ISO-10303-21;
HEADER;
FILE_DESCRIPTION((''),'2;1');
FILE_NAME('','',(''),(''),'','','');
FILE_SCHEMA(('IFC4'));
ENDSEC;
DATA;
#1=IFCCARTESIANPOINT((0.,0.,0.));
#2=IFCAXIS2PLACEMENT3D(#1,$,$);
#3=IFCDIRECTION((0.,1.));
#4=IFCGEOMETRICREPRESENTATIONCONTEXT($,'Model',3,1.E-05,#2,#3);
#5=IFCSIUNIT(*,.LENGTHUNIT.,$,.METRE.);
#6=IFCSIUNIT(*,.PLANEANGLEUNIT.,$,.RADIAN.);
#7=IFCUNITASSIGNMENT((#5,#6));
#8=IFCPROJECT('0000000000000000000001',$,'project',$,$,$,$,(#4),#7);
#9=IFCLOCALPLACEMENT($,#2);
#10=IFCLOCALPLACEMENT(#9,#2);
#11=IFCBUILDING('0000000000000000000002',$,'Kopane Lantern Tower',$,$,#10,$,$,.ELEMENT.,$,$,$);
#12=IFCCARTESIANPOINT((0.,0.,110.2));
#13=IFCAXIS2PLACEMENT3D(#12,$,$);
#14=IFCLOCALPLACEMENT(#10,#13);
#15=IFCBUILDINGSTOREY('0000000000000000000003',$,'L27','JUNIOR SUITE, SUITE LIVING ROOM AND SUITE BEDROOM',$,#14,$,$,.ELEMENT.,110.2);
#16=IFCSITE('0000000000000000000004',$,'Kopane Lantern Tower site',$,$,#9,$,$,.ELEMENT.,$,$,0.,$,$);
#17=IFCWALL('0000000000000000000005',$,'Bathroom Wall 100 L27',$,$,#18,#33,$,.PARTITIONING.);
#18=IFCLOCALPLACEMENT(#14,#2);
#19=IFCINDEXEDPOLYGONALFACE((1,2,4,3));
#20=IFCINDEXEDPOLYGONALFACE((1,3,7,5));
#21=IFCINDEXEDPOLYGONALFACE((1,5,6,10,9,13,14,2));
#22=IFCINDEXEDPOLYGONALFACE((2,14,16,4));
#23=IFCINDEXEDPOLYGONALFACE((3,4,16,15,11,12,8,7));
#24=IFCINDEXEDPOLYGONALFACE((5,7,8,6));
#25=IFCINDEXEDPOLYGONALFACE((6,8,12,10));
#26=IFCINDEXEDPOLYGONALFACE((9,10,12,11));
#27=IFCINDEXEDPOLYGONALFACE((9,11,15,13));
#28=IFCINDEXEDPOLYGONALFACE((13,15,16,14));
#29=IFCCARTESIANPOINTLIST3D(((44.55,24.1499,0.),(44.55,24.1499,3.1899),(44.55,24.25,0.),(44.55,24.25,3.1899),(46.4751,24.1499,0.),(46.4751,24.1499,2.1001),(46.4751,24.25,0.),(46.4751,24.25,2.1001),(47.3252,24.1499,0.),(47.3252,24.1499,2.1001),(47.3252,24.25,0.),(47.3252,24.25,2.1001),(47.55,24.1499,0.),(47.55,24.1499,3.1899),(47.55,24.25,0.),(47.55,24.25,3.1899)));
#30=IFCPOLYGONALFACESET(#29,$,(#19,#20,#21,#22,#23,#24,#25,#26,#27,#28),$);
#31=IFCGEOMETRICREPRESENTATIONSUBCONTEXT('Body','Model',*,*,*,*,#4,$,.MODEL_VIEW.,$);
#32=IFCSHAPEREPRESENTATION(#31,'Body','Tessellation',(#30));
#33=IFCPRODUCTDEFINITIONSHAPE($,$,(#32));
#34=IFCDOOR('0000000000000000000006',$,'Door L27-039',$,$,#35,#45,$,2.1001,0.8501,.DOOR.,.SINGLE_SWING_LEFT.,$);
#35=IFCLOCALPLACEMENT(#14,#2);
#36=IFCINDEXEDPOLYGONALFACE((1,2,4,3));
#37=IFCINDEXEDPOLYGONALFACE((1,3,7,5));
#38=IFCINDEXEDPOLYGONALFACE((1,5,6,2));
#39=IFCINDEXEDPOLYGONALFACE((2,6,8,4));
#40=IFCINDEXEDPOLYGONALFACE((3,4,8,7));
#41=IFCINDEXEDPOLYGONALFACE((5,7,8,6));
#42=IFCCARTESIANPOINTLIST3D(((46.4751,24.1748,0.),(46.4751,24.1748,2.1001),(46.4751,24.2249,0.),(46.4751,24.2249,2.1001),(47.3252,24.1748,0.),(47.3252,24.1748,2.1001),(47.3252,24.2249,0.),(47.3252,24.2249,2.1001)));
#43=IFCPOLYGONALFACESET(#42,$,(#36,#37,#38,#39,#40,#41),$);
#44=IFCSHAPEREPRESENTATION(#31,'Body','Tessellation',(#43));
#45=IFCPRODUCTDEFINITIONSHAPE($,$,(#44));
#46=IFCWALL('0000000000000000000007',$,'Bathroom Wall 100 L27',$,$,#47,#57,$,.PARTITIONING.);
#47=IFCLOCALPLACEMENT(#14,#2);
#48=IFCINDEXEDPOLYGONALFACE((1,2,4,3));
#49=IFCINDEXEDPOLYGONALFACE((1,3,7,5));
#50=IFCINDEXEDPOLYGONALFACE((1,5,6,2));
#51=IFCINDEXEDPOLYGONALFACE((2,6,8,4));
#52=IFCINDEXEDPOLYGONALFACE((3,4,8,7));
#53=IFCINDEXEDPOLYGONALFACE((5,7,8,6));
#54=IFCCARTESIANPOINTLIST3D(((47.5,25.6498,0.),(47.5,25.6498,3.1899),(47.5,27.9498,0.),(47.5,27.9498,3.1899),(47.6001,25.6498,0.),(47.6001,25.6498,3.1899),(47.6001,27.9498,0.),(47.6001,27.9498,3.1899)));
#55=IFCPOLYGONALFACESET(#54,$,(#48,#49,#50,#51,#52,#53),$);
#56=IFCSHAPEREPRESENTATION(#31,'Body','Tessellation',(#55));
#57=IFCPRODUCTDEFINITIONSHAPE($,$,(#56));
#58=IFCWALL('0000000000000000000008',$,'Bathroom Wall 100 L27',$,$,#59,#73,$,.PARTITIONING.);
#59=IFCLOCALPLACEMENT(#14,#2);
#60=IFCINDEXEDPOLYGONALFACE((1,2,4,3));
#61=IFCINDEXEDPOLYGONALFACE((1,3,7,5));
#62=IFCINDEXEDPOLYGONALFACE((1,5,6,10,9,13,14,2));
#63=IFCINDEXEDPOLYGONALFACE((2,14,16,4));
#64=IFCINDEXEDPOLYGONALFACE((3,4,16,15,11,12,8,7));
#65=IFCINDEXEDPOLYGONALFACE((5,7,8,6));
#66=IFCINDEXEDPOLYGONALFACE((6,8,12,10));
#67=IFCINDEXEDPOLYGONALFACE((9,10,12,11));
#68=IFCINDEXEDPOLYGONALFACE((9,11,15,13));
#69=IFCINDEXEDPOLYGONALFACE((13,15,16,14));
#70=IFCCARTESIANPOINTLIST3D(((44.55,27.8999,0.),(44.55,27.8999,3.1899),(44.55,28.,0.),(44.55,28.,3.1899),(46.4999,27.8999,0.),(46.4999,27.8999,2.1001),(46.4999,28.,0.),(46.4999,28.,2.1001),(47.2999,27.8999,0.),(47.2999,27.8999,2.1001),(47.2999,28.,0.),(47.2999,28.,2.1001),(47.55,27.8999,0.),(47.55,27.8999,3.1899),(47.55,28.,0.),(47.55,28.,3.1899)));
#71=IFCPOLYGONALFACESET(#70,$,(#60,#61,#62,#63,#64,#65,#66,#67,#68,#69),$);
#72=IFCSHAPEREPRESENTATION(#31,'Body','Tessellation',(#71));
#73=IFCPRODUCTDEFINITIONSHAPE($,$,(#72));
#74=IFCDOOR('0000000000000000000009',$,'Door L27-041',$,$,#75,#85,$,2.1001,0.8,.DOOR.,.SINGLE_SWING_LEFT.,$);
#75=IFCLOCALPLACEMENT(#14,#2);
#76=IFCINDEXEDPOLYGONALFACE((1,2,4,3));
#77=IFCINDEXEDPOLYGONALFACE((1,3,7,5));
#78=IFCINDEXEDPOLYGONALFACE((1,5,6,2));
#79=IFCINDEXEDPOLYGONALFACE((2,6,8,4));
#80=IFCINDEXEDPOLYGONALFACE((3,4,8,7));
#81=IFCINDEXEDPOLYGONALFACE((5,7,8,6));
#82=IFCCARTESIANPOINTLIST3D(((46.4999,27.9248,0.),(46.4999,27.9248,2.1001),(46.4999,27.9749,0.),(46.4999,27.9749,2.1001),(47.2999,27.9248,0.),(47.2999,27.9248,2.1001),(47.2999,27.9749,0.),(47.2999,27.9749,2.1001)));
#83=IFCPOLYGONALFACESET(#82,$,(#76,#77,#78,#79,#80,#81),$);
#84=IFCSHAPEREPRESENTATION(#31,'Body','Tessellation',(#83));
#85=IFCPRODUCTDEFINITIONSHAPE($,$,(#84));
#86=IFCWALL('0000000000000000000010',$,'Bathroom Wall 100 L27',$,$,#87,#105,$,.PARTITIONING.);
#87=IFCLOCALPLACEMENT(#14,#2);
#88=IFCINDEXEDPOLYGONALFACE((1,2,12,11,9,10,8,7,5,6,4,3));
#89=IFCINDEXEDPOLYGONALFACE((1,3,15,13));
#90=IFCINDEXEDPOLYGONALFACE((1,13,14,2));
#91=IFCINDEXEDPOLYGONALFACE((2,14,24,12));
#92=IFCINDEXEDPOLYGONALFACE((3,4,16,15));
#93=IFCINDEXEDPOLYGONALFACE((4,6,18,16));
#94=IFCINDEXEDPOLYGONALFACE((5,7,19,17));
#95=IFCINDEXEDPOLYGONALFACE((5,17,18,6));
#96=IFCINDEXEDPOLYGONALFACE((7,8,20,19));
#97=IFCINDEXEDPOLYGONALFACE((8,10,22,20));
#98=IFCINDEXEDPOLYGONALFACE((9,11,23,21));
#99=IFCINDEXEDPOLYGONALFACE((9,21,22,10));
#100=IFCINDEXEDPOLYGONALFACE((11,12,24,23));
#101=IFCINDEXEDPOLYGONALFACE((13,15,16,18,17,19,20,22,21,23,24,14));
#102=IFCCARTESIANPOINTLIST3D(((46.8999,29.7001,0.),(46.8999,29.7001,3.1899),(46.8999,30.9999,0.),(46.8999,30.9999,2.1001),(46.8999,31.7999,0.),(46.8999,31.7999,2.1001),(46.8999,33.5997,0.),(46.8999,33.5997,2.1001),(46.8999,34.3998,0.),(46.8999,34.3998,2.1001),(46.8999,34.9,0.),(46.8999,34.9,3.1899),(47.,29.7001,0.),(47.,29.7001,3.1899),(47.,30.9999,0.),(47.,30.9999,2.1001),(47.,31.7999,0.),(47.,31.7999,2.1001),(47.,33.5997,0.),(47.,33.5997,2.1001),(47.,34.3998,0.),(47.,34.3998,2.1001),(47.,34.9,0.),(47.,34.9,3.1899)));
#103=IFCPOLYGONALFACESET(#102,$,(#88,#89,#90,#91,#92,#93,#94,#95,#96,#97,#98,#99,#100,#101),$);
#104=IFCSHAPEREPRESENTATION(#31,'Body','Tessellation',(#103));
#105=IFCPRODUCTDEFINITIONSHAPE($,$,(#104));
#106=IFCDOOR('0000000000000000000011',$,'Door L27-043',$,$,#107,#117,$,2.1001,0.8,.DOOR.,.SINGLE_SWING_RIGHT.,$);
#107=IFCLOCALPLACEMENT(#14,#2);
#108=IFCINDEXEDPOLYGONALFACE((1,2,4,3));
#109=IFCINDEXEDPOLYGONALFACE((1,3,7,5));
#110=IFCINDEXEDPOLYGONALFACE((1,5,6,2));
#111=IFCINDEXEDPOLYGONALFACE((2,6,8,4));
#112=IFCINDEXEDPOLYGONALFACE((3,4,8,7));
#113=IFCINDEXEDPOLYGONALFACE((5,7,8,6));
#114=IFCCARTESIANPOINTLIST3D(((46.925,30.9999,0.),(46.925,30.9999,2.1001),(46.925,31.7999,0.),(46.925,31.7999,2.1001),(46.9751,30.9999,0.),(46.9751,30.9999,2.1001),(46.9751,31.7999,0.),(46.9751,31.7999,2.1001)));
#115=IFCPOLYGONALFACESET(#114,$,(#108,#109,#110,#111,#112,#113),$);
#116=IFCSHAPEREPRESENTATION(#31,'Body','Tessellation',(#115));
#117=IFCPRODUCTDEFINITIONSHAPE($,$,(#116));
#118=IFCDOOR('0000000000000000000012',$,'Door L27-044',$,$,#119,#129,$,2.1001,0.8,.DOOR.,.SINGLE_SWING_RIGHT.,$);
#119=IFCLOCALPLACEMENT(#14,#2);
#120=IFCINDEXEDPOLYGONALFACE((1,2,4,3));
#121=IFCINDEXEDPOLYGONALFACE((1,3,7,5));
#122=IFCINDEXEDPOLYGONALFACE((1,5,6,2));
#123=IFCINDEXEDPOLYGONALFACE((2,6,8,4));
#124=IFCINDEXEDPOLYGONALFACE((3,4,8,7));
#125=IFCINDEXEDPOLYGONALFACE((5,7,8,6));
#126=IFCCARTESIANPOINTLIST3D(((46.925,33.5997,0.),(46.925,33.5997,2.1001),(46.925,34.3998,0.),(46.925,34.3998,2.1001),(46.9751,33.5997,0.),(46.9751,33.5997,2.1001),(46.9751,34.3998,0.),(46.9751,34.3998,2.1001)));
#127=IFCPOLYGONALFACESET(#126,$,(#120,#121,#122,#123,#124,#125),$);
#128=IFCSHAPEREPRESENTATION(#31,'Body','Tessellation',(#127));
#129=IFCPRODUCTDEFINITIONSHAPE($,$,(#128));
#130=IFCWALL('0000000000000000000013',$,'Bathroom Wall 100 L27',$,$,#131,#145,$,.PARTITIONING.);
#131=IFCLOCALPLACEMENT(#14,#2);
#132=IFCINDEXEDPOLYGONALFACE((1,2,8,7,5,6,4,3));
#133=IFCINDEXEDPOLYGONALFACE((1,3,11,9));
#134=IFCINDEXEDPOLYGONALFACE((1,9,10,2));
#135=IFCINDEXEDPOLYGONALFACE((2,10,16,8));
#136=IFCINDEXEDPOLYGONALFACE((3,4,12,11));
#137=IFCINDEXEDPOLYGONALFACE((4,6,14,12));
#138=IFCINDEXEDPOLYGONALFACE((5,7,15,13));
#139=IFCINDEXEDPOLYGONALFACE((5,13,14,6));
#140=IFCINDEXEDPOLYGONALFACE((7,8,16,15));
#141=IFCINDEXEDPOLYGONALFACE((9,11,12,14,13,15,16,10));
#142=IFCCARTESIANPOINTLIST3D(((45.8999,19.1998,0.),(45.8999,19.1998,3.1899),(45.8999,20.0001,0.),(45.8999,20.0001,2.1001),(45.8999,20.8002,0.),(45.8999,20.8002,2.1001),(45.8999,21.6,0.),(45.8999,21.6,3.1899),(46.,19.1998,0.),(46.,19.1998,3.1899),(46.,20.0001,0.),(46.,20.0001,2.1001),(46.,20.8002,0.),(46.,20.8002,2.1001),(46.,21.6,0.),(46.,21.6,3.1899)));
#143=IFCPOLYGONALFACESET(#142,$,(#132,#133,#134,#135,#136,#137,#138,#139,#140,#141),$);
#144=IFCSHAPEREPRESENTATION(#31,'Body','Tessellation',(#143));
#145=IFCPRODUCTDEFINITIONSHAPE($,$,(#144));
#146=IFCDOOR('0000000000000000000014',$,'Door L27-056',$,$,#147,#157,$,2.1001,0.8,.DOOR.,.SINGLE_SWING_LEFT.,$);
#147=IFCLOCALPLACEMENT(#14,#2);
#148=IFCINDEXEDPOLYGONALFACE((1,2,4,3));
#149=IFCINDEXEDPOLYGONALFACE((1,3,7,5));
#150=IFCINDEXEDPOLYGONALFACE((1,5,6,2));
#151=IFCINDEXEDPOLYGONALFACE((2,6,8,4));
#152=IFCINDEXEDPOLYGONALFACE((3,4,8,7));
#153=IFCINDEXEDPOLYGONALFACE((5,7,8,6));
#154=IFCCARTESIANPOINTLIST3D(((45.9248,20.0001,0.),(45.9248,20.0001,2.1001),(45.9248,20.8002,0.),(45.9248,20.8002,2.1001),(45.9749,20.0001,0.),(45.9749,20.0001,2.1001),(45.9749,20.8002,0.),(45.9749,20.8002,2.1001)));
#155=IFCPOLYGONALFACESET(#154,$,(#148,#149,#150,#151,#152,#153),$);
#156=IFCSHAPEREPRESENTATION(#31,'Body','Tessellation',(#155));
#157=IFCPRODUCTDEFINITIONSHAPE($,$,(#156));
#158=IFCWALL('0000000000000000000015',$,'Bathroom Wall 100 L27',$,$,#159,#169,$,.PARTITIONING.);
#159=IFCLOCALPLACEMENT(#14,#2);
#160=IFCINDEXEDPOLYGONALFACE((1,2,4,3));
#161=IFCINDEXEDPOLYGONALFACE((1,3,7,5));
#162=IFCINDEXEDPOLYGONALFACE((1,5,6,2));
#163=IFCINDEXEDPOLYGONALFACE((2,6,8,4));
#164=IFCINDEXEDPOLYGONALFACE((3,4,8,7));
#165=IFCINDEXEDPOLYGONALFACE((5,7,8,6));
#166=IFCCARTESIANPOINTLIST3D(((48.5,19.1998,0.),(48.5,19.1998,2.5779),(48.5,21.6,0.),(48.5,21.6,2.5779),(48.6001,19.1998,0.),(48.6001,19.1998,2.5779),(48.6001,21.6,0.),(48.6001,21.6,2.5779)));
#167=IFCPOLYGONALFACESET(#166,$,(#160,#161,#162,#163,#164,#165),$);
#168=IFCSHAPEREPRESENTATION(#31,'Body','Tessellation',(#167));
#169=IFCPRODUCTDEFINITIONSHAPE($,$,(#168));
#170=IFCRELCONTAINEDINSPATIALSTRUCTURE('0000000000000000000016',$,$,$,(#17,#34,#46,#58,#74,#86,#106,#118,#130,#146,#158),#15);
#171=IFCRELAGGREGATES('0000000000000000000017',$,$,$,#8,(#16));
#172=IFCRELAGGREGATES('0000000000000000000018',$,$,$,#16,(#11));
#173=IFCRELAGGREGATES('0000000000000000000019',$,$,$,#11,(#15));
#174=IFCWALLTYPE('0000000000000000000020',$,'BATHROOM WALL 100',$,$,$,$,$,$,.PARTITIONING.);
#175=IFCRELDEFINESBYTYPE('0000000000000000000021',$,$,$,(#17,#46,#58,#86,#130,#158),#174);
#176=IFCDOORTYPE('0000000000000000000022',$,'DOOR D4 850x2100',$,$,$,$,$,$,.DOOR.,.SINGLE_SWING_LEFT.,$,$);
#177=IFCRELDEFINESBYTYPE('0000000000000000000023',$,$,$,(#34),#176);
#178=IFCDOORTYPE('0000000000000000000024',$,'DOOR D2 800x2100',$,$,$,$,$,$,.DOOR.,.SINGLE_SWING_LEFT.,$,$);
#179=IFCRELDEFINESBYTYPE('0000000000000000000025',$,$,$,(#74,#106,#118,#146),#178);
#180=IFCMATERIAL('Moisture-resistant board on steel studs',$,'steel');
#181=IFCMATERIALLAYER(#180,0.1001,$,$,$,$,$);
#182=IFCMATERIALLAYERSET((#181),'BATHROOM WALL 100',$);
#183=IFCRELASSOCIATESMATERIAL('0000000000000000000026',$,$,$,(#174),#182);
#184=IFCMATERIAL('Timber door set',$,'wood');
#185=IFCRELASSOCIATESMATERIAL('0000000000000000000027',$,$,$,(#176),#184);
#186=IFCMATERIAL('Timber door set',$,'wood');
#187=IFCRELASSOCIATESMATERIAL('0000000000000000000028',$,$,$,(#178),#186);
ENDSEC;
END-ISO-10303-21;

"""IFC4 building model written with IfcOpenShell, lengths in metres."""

from ifc_helpers import new_model, si_unit, direction, frame, frame_2d, origin, place, context, subcontext, project, spatial, rectangle, extrude, material, layer, layer_set, type_object, element, fill, save


model = new_model("IFC4")

# Units and contexts
model_context = context("Model", 3, precision=1e-05, world=origin(), true_north=direction((0.0, 1.0)))
body_context = subcontext(model_context, "Body", "Model", "MODEL_VIEW")
ifc_project = project(units=[si_unit("LENGTHUNIT", "METRE"), si_unit("PLANEANGLEUNIT", "RADIAN")], contexts=[model_context])

# Site, building, storey
site_placement = place(None, origin())
site = spatial("IfcSite", under=ifc_project, at=site_placement, Name="Kopane Lantern Tower site", CompositionType="ELEMENT", RefElevation=0.0)
building_placement = place(site_placement, origin())
building = spatial("IfcBuilding", under=site, at=building_placement, Name="Kopane Lantern Tower", CompositionType="ELEMENT")
storey_placement = place(building_placement, frame((0.0, 0.0, 110.2)))
storey = spatial("IfcBuildingStorey", under=building, at=storey_placement, Name="L27", Description="JUNIOR SUITE, SUITE LIVING ROOM AND SUITE BEDROOM", CompositionType="ELEMENT", Elevation=110.2)

# Shared definitions
ifc_material_1 = material(Name="Moisture-resistant board on steel studs", Category="steel")
ifc_layer_1 = layer(ifc_material_1, 0.1001)
ifc_layer_set_1 = layer_set([ifc_layer_1], Name="BATHROOM WALL 100")
wall_type_1 = type_object("IfcWallType", Name="BATHROOM WALL 100", PredefinedType="PARTITIONING", material=ifc_layer_set_1)

# Wall, opening, door
wall_1_placement = place(storey_placement, frame((44.55, 24.2, 0.0), z_axis=(0.0, 0.0, 1.0), x_axis=(1.0, 0.0, 0.0)))
wall_1 = element("IfcWall", 1, at=wall_1_placement, inside=storey, type_object=wall_type_1, Name="Bathroom Wall 100 L27", PredefinedType="PARTITIONING", context=body_context, shape_type="SweptSolid", body=[
    extrude(rectangle(XDim=3.0, YDim=0.1001, at=frame_2d((1.5, 0.0))), origin(), (0.0, 0.0, 1.0), 3.1899),
])
opening_1_placement = place(wall_1_placement, frame((1.925, 0.0, 0.0)))
opening_1 = element("IfcOpeningElement", 2, at=opening_1_placement, cuts=wall_1, PredefinedType="OPENING", context=body_context, shape_type="SweptSolid", body=[
    extrude(rectangle(XDim=0.8501, YDim=2.1001, at=frame_2d((0.425, 1.05))), frame((0.0, 0.0601, 0.0), z_axis=(0.0, -1.0, 0.0), x_axis=(1.0, 0.0, 0.0)), (0.0, 0.0, 1.0), 0.1201),
])
ifc_material_2 = material(Name="Timber door set", Category="wood")
door_type_1 = type_object("IfcDoorType", Name="DOOR D4 850x2100", OperationType="SINGLE_SWING_LEFT", PredefinedType="DOOR", material=ifc_material_2)
door_1_placement = place(opening_1_placement, origin())
door_1 = element("IfcDoor", 3, at=door_1_placement, inside=storey, type_object=door_type_1, Name="Door L27-039", OperationType="SINGLE_SWING_LEFT", OverallHeight=2.1001, OverallWidth=0.8501, PredefinedType="DOOR", context=body_context, shape_type="SweptSolid", body=[
    extrude(rectangle(XDim=0.8501, YDim=2.1001, at=frame_2d((0.425, 1.05))), frame((0.0, 0.0249, 0.0), z_axis=(0.0, -1.0, 0.0), x_axis=(1.0, 0.0, 0.0)), (0.0, 0.0, 1.0), 0.05),
])
fill(opening_1, door_1)

# Wall
wall_2_placement = place(storey_placement, frame((47.55, 25.6499, 0.0), z_axis=(0.0, 0.0, 1.0), x_axis=(0.0, 1.0, 0.0)))
element("IfcWall", 4, at=wall_2_placement, inside=storey, type_object=wall_type_1, Name="Bathroom Wall 100 L27", PredefinedType="PARTITIONING", context=body_context, shape_type="SweptSolid", body=[
    extrude(rectangle(XDim=2.3, YDim=0.1001, at=frame_2d((1.1499, 0.0))), origin(), (0.0, 0.0, 1.0), 3.1899),
])

# Wall, opening, door
wall_3_placement = place(storey_placement, frame((44.55, 27.95, 0.0), z_axis=(0.0, 0.0, 1.0), x_axis=(1.0, 0.0, 0.0)))
wall_3 = element("IfcWall", 5, at=wall_3_placement, inside=storey, type_object=wall_type_1, Name="Bathroom Wall 100 L27", PredefinedType="PARTITIONING", context=body_context, shape_type="SweptSolid", body=[
    extrude(rectangle(XDim=3.0, YDim=0.1001, at=frame_2d((1.5, 0.0))), origin(), (0.0, 0.0, 1.0), 3.1899),
])
opening_2_placement = place(wall_3_placement, frame((1.95, 0.0, 0.0)))
opening_2 = element("IfcOpeningElement", 6, at=opening_2_placement, cuts=wall_3, PredefinedType="OPENING", context=body_context, shape_type="SweptSolid", body=[
    extrude(rectangle(XDim=0.8, YDim=2.1001, at=frame_2d((0.3999, 1.05))), frame((0.0, 0.0601, 0.0), z_axis=(0.0, -1.0, 0.0), x_axis=(1.0, 0.0, 0.0)), (0.0, 0.0, 1.0), 0.1201),
])
ifc_material_3 = material(Name="Timber door set", Category="wood")
door_type_2 = type_object("IfcDoorType", Name="DOOR D2 800x2100", OperationType="SINGLE_SWING_LEFT", PredefinedType="DOOR", material=ifc_material_3)
door_2_placement = place(opening_2_placement, origin())
door_2 = element("IfcDoor", 7, at=door_2_placement, inside=storey, type_object=door_type_2, Name="Door L27-041", OperationType="SINGLE_SWING_LEFT", OverallHeight=2.1001, OverallWidth=0.8, PredefinedType="DOOR", context=body_context, shape_type="SweptSolid", body=[
    extrude(rectangle(XDim=0.8, YDim=2.1001, at=frame_2d((0.3999, 1.05))), frame((0.0, 0.0249, 0.0), z_axis=(0.0, -1.0, 0.0), x_axis=(1.0, 0.0, 0.0)), (0.0, 0.0, 1.0), 0.05),
])
fill(opening_2, door_2)

# Wall, openings, doors
wall_4_placement = place(storey_placement, frame((46.95, 29.7, 0.0), z_axis=(0.0, 0.0, 1.0), x_axis=(0.0, 1.0, 0.0)))
wall_4 = element("IfcWall", 8, at=wall_4_placement, inside=storey, type_object=wall_type_1, Name="Bathroom Wall 100 L27", PredefinedType="PARTITIONING", context=body_context, shape_type="SweptSolid", body=[
    extrude(rectangle(XDim=5.2, YDim=0.1001, at=frame_2d((2.6001, 0.0))), origin(), (0.0, 0.0, 1.0), 3.1899),
])
opening_3_placement = place(wall_4_placement, frame((1.3, 0.0, 0.0)))
opening_3 = element("IfcOpeningElement", 9, at=opening_3_placement, cuts=wall_4, PredefinedType="OPENING", context=body_context, shape_type="SweptSolid", body=[
    extrude(rectangle(XDim=0.8, YDim=2.1001, at=frame_2d((0.3999, 1.05))), frame((0.0, 0.0601, 0.0), z_axis=(0.0, -1.0, 0.0), x_axis=(1.0, 0.0, 0.0)), (0.0, 0.0, 1.0), 0.1201),
])
opening_4_placement = place(wall_4_placement, frame((3.8999, 0.0, 0.0)))
opening_4 = element("IfcOpeningElement", 10, at=opening_4_placement, cuts=wall_4, PredefinedType="OPENING", context=body_context, shape_type="SweptSolid", body=[
    extrude(rectangle(XDim=0.8, YDim=2.1001, at=frame_2d((0.3999, 1.05))), frame((0.0, 0.0601, 0.0), z_axis=(0.0, -1.0, 0.0), x_axis=(1.0, 0.0, 0.0)), (0.0, 0.0, 1.0), 0.1201),
])
door_3_placement = place(opening_3_placement, origin())
door_3 = element("IfcDoor", 11, at=door_3_placement, inside=storey, type_object=door_type_2, Name="Door L27-043", OperationType="SINGLE_SWING_RIGHT", OverallHeight=2.1001, OverallWidth=0.8, PredefinedType="DOOR", context=body_context, shape_type="SweptSolid", body=[
    extrude(rectangle(XDim=0.8, YDim=2.1001, at=frame_2d((0.3999, 1.05))), frame((0.0, 0.0249, 0.0), z_axis=(0.0, -1.0, 0.0), x_axis=(1.0, 0.0, 0.0)), (0.0, 0.0, 1.0), 0.05),
])
fill(opening_3, door_3)
door_4_placement = place(opening_4_placement, origin())
door_4 = element("IfcDoor", 12, at=door_4_placement, inside=storey, type_object=door_type_2, Name="Door L27-044", OperationType="SINGLE_SWING_RIGHT", OverallHeight=2.1001, OverallWidth=0.8, PredefinedType="DOOR", context=body_context, shape_type="SweptSolid", body=[
    extrude(rectangle(XDim=0.8, YDim=2.1001, at=frame_2d((0.3999, 1.05))), frame((0.0, 0.0249, 0.0), z_axis=(0.0, -1.0, 0.0), x_axis=(1.0, 0.0, 0.0)), (0.0, 0.0, 1.0), 0.05),
])
fill(opening_4, door_4)

# Wall, opening, door
wall_5_placement = place(storey_placement, frame((45.95, 21.6001, 0.0), z_axis=(0.0, 0.0, 1.0), x_axis=(0.0, -1.0, 0.0)))
wall_5 = element("IfcWall", 13, at=wall_5_placement, inside=storey, type_object=wall_type_1, Name="Bathroom Wall 100 L27", PredefinedType="PARTITIONING", context=body_context, shape_type="SweptSolid", body=[
    extrude(rectangle(XDim=2.4001, YDim=0.1001, at=frame_2d((1.2002, 0.0))), origin(), (0.0, 0.0, 1.0), 3.1899),
])
opening_5_placement = place(wall_5_placement, frame((0.8, 0.0, 0.0)))
opening_5 = element("IfcOpeningElement", 14, at=opening_5_placement, cuts=wall_5, PredefinedType="OPENING", context=body_context, shape_type="SweptSolid", body=[
    extrude(rectangle(XDim=0.8, YDim=2.1001, at=frame_2d((0.3999, 1.05))), frame((0.0, 0.0601, 0.0), z_axis=(0.0, -1.0, 0.0), x_axis=(1.0, 0.0, 0.0)), (0.0, 0.0, 1.0), 0.1201),
])
door_5_placement = place(opening_5_placement, origin())
door_5 = element("IfcDoor", 15, at=door_5_placement, inside=storey, type_object=door_type_2, Name="Door L27-056", OperationType="SINGLE_SWING_LEFT", OverallHeight=2.1001, OverallWidth=0.8, PredefinedType="DOOR", context=body_context, shape_type="SweptSolid", body=[
    extrude(rectangle(XDim=0.8, YDim=2.1001, at=frame_2d((0.3999, 1.05))), frame((0.0, 0.0249, 0.0), z_axis=(0.0, -1.0, 0.0), x_axis=(1.0, 0.0, 0.0)), (0.0, 0.0, 1.0), 0.05),
])
fill(opening_5, door_5)

# Wall
wall_6_placement = place(storey_placement, frame((48.55, 21.6001, 0.0), z_axis=(0.0, 0.0, 1.0), x_axis=(0.0, -1.0, 0.0)))
element("IfcWall", 16, at=wall_6_placement, inside=storey, type_object=wall_type_1, Name="Bathroom Wall 100 L27", PredefinedType="PARTITIONING", context=body_context, shape_type="SweptSolid", body=[
    extrude(rectangle(XDim=2.4001, YDim=0.1001, at=frame_2d((1.2002, 0.0))), origin(), (0.0, 0.0, 1.0), 2.5779),
])

save(model, "model.ifc")
